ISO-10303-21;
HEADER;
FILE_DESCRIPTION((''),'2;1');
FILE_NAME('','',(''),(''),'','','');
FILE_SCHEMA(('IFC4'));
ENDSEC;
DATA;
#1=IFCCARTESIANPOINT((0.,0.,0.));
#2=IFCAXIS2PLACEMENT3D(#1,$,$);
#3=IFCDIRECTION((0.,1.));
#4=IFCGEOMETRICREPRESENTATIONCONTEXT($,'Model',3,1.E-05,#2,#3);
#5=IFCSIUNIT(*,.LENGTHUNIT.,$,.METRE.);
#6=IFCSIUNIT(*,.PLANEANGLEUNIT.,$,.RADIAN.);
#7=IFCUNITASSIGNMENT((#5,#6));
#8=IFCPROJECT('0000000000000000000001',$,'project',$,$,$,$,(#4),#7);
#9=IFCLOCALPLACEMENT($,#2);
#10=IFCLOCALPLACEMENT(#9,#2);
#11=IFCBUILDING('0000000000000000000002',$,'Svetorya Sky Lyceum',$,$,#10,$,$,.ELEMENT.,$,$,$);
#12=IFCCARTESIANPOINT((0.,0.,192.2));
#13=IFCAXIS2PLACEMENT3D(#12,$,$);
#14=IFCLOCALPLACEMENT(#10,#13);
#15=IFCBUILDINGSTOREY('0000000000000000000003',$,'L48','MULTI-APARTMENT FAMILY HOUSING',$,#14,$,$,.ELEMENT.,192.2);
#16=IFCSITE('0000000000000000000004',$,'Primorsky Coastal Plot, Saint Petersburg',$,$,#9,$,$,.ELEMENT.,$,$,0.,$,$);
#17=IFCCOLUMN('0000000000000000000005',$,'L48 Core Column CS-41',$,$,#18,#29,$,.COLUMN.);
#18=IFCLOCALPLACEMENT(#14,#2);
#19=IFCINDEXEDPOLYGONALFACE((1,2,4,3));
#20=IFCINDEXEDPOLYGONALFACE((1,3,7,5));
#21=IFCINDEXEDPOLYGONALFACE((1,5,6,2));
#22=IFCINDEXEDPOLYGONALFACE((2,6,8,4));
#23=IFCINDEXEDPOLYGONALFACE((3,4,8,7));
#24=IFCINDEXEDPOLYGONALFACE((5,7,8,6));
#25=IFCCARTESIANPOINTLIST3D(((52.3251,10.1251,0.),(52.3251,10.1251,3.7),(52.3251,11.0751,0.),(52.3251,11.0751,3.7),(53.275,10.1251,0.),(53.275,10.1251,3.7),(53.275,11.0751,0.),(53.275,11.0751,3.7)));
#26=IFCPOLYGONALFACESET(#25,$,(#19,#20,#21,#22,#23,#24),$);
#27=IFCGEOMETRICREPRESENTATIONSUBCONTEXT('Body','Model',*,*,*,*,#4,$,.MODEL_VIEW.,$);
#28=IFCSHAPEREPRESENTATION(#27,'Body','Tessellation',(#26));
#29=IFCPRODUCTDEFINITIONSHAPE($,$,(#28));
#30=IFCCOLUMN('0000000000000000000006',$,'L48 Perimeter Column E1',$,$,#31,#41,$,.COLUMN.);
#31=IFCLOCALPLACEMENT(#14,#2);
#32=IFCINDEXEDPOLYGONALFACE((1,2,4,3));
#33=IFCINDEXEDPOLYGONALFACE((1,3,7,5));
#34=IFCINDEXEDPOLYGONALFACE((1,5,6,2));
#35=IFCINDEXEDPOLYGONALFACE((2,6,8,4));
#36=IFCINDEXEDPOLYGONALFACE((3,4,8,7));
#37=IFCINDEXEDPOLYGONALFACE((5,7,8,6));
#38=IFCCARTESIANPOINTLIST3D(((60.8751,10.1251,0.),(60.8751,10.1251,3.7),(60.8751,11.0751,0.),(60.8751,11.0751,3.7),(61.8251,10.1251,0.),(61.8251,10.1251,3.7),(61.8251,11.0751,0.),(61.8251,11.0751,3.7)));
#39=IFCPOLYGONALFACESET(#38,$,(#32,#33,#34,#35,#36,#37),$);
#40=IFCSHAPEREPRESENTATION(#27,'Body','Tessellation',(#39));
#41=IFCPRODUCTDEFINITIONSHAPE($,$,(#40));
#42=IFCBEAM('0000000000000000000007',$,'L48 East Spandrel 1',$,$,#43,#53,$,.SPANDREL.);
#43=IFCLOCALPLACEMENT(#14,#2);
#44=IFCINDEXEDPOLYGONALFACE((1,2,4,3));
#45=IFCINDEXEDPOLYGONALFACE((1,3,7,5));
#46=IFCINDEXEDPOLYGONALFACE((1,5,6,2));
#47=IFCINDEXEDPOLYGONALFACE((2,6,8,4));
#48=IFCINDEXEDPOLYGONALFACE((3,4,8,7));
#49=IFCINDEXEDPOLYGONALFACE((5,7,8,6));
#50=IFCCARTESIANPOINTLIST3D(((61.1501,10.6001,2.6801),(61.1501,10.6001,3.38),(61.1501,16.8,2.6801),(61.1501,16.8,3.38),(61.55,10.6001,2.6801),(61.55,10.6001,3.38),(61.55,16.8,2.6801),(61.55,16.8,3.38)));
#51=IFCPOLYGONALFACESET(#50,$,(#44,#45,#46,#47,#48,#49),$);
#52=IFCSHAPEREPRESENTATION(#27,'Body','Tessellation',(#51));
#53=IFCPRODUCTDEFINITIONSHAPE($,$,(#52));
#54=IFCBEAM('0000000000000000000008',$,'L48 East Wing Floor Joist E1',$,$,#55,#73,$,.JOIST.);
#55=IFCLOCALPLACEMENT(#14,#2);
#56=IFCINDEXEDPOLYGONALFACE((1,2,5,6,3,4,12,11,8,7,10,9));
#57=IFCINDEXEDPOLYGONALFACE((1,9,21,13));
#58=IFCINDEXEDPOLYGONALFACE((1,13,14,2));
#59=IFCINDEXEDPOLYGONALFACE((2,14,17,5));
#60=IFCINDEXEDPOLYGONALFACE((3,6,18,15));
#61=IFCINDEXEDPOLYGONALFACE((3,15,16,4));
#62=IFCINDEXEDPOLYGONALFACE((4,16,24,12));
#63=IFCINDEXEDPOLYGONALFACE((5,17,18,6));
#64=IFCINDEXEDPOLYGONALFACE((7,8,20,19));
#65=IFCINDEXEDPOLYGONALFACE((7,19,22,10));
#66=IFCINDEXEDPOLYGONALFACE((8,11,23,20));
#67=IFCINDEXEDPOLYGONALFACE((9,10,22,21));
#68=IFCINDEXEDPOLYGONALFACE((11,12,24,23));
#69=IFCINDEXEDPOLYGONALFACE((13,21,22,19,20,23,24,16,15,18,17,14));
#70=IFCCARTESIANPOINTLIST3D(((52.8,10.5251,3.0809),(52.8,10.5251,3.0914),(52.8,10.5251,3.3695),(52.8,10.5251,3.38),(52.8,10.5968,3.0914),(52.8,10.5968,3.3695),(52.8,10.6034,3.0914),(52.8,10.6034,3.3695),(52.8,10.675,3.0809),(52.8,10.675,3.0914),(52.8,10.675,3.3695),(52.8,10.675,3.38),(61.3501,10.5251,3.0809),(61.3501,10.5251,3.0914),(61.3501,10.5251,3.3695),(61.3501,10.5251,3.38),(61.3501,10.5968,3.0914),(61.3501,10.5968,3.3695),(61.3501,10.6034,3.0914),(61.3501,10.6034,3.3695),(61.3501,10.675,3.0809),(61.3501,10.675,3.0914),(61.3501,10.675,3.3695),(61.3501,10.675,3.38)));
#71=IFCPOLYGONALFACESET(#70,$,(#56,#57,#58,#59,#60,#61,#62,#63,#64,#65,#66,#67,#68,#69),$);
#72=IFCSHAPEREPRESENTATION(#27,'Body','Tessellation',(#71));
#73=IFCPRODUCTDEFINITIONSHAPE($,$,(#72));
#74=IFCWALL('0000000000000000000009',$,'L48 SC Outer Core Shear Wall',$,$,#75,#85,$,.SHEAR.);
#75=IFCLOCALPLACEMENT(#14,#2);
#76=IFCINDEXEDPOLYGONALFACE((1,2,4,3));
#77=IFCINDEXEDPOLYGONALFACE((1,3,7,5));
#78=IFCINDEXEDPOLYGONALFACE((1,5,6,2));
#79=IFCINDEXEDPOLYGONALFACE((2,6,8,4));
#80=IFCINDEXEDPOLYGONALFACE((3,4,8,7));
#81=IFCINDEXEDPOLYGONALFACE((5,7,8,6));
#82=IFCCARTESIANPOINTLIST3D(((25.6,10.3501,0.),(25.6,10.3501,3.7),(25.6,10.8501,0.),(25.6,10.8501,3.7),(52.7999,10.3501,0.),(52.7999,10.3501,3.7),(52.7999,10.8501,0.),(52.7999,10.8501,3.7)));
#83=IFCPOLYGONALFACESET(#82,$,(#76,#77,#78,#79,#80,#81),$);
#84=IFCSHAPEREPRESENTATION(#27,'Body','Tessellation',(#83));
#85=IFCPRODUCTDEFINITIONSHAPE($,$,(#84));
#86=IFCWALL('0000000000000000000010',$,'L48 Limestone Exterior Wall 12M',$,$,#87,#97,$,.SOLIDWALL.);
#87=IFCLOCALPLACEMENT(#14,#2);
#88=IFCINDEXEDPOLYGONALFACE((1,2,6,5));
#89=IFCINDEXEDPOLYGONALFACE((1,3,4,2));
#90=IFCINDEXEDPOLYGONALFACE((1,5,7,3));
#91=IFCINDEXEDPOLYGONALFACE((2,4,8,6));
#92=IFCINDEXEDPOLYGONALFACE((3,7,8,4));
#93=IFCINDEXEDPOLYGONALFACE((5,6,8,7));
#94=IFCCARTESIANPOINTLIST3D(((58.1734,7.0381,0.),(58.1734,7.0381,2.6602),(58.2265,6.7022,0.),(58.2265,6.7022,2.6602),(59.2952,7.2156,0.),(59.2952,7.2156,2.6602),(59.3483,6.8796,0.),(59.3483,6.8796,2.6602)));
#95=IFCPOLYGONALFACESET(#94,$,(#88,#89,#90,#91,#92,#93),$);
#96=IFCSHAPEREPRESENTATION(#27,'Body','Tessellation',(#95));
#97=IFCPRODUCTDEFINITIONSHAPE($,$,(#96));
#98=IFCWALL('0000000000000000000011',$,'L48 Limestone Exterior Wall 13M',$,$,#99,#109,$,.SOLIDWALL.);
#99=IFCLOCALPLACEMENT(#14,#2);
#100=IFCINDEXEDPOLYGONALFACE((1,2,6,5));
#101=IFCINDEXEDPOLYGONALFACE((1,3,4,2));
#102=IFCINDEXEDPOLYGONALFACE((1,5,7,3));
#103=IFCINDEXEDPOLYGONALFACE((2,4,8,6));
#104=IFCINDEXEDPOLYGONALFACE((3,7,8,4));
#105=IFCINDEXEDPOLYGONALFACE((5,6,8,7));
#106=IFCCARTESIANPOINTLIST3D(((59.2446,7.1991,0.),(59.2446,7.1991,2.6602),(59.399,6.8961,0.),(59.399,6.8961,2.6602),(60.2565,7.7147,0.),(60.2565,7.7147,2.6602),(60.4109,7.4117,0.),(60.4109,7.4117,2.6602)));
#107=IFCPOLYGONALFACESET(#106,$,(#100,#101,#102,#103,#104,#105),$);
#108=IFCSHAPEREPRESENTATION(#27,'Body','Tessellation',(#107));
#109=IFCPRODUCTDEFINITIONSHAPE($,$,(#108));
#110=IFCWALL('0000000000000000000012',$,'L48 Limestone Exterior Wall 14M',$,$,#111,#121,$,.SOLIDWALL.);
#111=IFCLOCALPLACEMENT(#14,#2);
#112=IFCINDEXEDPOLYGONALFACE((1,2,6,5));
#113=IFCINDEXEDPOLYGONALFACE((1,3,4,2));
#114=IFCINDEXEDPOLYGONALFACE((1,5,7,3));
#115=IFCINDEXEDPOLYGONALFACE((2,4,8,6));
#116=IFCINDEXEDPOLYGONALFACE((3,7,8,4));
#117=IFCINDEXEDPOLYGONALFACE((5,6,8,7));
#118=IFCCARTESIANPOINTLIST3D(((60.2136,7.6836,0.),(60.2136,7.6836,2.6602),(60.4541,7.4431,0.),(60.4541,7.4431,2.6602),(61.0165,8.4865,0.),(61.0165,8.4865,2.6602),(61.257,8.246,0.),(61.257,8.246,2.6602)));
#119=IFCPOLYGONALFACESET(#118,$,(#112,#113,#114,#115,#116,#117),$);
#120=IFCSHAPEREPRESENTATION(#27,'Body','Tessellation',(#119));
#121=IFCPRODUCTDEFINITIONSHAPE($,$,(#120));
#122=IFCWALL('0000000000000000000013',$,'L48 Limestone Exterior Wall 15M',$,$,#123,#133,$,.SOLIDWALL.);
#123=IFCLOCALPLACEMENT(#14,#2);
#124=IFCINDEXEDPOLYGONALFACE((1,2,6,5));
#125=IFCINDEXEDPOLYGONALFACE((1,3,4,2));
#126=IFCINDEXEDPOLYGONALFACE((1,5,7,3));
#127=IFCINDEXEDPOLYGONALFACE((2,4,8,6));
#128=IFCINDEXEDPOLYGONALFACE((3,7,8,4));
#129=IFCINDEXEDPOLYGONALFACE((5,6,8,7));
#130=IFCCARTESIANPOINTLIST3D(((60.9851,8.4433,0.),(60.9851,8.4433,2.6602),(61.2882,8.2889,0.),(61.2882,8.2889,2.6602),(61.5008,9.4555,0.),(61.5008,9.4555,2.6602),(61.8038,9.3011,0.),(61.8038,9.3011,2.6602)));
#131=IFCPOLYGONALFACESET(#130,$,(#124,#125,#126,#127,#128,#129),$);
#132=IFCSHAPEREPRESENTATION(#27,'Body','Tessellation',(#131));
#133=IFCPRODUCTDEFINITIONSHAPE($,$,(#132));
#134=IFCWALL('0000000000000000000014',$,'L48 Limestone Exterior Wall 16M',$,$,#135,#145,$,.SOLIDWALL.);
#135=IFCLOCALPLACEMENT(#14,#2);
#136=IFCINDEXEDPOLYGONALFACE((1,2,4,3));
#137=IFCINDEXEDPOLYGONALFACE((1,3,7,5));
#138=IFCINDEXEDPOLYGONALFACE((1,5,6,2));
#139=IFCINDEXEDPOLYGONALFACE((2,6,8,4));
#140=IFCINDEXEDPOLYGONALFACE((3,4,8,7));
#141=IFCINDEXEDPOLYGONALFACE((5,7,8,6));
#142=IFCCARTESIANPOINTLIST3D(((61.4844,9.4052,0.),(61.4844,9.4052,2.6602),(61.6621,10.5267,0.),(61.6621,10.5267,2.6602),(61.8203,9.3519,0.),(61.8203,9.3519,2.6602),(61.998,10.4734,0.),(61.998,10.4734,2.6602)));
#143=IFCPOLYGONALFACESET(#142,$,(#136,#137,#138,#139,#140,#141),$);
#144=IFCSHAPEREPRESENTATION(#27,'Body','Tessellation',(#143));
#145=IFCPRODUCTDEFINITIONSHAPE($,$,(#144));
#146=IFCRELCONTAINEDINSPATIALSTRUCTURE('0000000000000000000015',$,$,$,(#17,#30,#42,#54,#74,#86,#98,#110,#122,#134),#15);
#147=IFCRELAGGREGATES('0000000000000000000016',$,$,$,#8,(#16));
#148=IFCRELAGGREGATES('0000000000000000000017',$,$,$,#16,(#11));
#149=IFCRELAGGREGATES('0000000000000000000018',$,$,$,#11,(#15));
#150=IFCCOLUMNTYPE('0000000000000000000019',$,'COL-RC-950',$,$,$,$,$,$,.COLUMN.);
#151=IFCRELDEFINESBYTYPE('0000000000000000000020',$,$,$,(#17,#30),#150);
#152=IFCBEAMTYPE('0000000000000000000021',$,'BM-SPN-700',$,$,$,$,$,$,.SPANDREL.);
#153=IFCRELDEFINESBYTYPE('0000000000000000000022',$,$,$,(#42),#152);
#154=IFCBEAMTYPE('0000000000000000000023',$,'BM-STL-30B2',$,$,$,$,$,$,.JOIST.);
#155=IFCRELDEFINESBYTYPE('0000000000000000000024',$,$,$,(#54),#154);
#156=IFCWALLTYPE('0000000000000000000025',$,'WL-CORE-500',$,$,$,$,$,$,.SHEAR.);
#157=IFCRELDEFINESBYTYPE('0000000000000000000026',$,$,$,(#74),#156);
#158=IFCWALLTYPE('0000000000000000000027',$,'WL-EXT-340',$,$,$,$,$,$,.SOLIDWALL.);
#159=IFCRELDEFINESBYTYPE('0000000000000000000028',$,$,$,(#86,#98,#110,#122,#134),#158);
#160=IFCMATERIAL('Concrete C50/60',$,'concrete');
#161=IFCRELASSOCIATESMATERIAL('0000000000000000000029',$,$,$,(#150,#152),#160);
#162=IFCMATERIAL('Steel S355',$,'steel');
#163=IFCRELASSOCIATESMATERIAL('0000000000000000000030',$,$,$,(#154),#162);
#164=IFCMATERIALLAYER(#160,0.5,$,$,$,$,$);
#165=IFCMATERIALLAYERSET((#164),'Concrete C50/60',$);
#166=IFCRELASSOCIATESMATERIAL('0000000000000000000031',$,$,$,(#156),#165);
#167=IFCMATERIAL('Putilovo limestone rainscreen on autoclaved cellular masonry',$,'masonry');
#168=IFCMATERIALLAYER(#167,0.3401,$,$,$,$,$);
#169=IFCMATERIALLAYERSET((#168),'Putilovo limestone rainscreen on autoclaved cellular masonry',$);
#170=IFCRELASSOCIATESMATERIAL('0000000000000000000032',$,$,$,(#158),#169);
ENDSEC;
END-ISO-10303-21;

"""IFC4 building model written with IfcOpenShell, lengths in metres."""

from ifc_helpers import new_model, si_unit, direction, frame, frame_2d, origin, origin_2d, place, context, subcontext, project, spatial, rectangle, i_section, extrude, material, layer, layer_set, material_profile, profile_set, type_object, element, save


model = new_model("IFC4")

# Units and contexts
model_context = context("Model", 3, precision=1e-05, world=origin(), true_north=direction((0.0, 1.0)))
body_context = subcontext(model_context, "Body", "Model", "MODEL_VIEW")
ifc_project = project(units=[si_unit("LENGTHUNIT", "METRE"), si_unit("PLANEANGLEUNIT", "RADIAN")], contexts=[model_context])

# Site, building, storey
site_placement = place(None, origin())
site = spatial("IfcSite", under=ifc_project, at=site_placement, Name="Primorsky Coastal Plot, Saint Petersburg", CompositionType="ELEMENT", RefElevation=0.0)
building_placement = place(site_placement, origin())
building = spatial("IfcBuilding", under=site, at=building_placement, Name="Svetorya Sky Lyceum", CompositionType="ELEMENT")
storey_placement = place(building_placement, frame((0.0, 0.0, 192.2)))
storey = spatial("IfcBuildingStorey", under=building, at=storey_placement, Name="L48", Description="MULTI-APARTMENT FAMILY HOUSING", CompositionType="ELEMENT", Elevation=192.2)

# Columns
ifc_material_1 = material(Name="Concrete C50/60", Category="concrete")
ifc_material_profile_1 = material_profile(ifc_material_1, rectangle(XDim=0.95, YDim=0.95, at=origin_2d()), Name="RC COL 950x950")
ifc_profile_set_1 = profile_set([ifc_material_profile_1], Name="Concrete C50/60")
column_type = type_object("IfcColumnType", Name="COL-RC-950", PredefinedType="COLUMN", material=ifc_profile_set_1)
for number, where, z_axis, x_axis, name in (
    (1, (52.8, 10.6001, 0.0), (0.0, 0.0, 1.0), (1.0, 0.0, 0.0), "L48 Core Column CS-41"),
    (2, (61.3501, 10.6001, 0.0), (0.0, 0.0, 1.0), (1.0, 0.0, 0.0), "L48 Perimeter Column E1"),
):
    element("IfcColumn", number, at=place(storey_placement, frame(where, z_axis=z_axis, x_axis=x_axis)), inside=storey, type_object=column_type, Name=name, PredefinedType="COLUMN", context=body_context, shape_type="SweptSolid", body=[
        extrude(rectangle(XDim=0.95, YDim=0.95, at=origin_2d()), origin(), (0.0, 0.0, 1.0), 3.7),
    ])

# Beams
ifc_material_profile_2 = material_profile(ifc_material_1, rectangle(XDim=0.3999, YDim=0.7, at=origin_2d()), Name="RC SPANDREL 400x700")
ifc_profile_set_2 = profile_set([ifc_material_profile_2], Name="Concrete C50/60")
beam_type_1 = type_object("IfcBeamType", Name="BM-SPN-700", PredefinedType="SPANDREL", material=ifc_profile_set_2)
beam_1_placement = place(storey_placement, frame((61.3501, 10.6001, 3.03), z_axis=(0.0, 1.0, 0.0), x_axis=(-1.0, 0.0, 0.0)))
element("IfcBeam", 3, at=beam_1_placement, inside=storey, type_object=beam_type_1, Name="L48 East Spandrel 1", PredefinedType="SPANDREL", context=body_context, shape_type="SweptSolid", body=[
    extrude(rectangle(XDim=0.3999, YDim=0.7, at=origin_2d()), origin(), (0.0, 0.0, 1.0), 6.2),
])
ifc_material_2 = material(Name="Steel S355", Category="steel")
ifc_material_profile_3 = material_profile(ifc_material_2, i_section(OverallWidth=0.1499, OverallDepth=0.2991, WebThickness=0.0066, FlangeThickness=0.0105, at=origin_2d()), Name="GOST 30B2")
ifc_profile_set_3 = profile_set([ifc_material_profile_3], Name="Steel S355")
beam_type_2 = type_object("IfcBeamType", Name="BM-STL-30B2", PredefinedType="JOIST", material=ifc_profile_set_3)
beam_2_placement = place(storey_placement, frame((52.8, 10.6001, 3.2305), z_axis=(1.0, 0.0, 0.0), x_axis=(0.0, 1.0, 0.0)))
element("IfcBeam", 4, at=beam_2_placement, inside=storey, type_object=beam_type_2, Name="L48 East Wing Floor Joist E1", PredefinedType="JOIST", context=body_context, shape_type="SweptSolid", body=[
    extrude(i_section(OverallWidth=0.1499, OverallDepth=0.2991, WebThickness=0.0066, FlangeThickness=0.0105, at=origin_2d()), origin(), (0.0, 0.0, 1.0), 8.55),
])

# Walls
ifc_layer_1 = layer(ifc_material_1, 0.5)
ifc_layer_set_1 = layer_set([ifc_layer_1], Name="Concrete C50/60")
wall_type_1 = type_object("IfcWallType", Name="WL-CORE-500", PredefinedType="SHEAR", material=ifc_layer_set_1)
wall_1_placement = place(storey_placement, frame((52.8, 10.6001, 0.0), z_axis=(0.0, 0.0, 1.0), x_axis=(-1.0, 0.0, 0.0)))
element("IfcWall", 5, at=wall_1_placement, inside=storey, type_object=wall_type_1, Name="L48 SC Outer Core Shear Wall", PredefinedType="SHEAR", context=body_context, shape_type="SweptSolid", body=[
    extrude(rectangle(XDim=27.2, YDim=0.5, at=frame_2d((13.6001, 0.0))), origin(), (0.0, 0.0, 1.0), 3.7),
])
ifc_material_3 = material(Name="Putilovo limestone rainscreen on autoclaved cellular masonry", Category="masonry")
ifc_layer_2 = layer(ifc_material_3, 0.3401)
ifc_layer_set_2 = layer_set([ifc_layer_2], Name="Putilovo limestone rainscreen on autoclaved cellular masonry")
wall_type_2 = type_object("IfcWallType", Name="WL-EXT-340", PredefinedType="SOLIDWALL", material=ifc_layer_set_2)
for number, where, z_axis, x_axis, name in (
    (6, (58.2, 6.8701, 0.0), (0.0, 0.0, 1.0), (0.987714, 0.156272, 0.0), "L48 Limestone Exterior Wall 12M"),
    (7, (59.3218, 7.0476, 0.0), (0.0, 0.0, 1.0), (0.891005, 0.453993, 0.0), "L48 Limestone Exterior Wall 13M"),
):
    element("IfcWall", number, at=place(storey_placement, frame(where, z_axis=z_axis, x_axis=x_axis)), inside=storey, type_object=wall_type_2, Name=name, PredefinedType="SOLIDWALL", context=body_context, shape_type="SweptSolid", body=[
        extrude(rectangle(XDim=1.1357, YDim=0.3401, at=frame_2d((0.5679, 0.0))), origin(), (0.0, 0.0, 1.0), 2.6602),
    ])
wall_2_placement = place(storey_placement, frame((60.3337, 7.5632, 0.0), z_axis=(0.0, 0.0, 1.0), x_axis=(0.707107, 0.707107, 0.0)))
element("IfcWall", 8, at=wall_2_placement, inside=storey, type_object=wall_type_2, Name="L48 Limestone Exterior Wall 14M", PredefinedType="SOLIDWALL", context=body_context, shape_type="SweptSolid", body=[
    extrude(rectangle(XDim=1.1355, YDim=0.3401, at=frame_2d((0.5679, 0.0))), origin(), (0.0, 0.0, 1.0), 2.6602),
])
wall_3_placement = place(storey_placement, frame((61.1367, 8.3662, 0.0), z_axis=(0.0, 0.0, 1.0), x_axis=(0.453906, 0.891049, 0.0)))
element("IfcWall", 9, at=wall_3_placement, inside=storey, type_object=wall_type_2, Name="L48 Limestone Exterior Wall 15M", PredefinedType="SOLIDWALL", context=body_context, shape_type="SweptSolid", body=[
    extrude(rectangle(XDim=1.136, YDim=0.3401, at=frame_2d((0.5679, 0.0))), origin(), (0.0, 0.0, 1.0), 2.6602),
])
wall_4_placement = place(storey_placement, frame((61.6523, 9.3784, 0.0), z_axis=(0.0, 0.0, 1.0), x_axis=(0.156515, 0.987676, 0.0)))
element("IfcWall", 10, at=wall_4_placement, inside=storey, type_object=wall_type_2, Name="L48 Limestone Exterior Wall 16M", PredefinedType="SOLIDWALL", context=body_context, shape_type="SweptSolid", body=[
    extrude(rectangle(XDim=1.1355, YDim=0.3401, at=frame_2d((0.5679, 0.0))), origin(), (0.0, 0.0, 1.0), 2.6602),
])

save(model, "model.ifc")
